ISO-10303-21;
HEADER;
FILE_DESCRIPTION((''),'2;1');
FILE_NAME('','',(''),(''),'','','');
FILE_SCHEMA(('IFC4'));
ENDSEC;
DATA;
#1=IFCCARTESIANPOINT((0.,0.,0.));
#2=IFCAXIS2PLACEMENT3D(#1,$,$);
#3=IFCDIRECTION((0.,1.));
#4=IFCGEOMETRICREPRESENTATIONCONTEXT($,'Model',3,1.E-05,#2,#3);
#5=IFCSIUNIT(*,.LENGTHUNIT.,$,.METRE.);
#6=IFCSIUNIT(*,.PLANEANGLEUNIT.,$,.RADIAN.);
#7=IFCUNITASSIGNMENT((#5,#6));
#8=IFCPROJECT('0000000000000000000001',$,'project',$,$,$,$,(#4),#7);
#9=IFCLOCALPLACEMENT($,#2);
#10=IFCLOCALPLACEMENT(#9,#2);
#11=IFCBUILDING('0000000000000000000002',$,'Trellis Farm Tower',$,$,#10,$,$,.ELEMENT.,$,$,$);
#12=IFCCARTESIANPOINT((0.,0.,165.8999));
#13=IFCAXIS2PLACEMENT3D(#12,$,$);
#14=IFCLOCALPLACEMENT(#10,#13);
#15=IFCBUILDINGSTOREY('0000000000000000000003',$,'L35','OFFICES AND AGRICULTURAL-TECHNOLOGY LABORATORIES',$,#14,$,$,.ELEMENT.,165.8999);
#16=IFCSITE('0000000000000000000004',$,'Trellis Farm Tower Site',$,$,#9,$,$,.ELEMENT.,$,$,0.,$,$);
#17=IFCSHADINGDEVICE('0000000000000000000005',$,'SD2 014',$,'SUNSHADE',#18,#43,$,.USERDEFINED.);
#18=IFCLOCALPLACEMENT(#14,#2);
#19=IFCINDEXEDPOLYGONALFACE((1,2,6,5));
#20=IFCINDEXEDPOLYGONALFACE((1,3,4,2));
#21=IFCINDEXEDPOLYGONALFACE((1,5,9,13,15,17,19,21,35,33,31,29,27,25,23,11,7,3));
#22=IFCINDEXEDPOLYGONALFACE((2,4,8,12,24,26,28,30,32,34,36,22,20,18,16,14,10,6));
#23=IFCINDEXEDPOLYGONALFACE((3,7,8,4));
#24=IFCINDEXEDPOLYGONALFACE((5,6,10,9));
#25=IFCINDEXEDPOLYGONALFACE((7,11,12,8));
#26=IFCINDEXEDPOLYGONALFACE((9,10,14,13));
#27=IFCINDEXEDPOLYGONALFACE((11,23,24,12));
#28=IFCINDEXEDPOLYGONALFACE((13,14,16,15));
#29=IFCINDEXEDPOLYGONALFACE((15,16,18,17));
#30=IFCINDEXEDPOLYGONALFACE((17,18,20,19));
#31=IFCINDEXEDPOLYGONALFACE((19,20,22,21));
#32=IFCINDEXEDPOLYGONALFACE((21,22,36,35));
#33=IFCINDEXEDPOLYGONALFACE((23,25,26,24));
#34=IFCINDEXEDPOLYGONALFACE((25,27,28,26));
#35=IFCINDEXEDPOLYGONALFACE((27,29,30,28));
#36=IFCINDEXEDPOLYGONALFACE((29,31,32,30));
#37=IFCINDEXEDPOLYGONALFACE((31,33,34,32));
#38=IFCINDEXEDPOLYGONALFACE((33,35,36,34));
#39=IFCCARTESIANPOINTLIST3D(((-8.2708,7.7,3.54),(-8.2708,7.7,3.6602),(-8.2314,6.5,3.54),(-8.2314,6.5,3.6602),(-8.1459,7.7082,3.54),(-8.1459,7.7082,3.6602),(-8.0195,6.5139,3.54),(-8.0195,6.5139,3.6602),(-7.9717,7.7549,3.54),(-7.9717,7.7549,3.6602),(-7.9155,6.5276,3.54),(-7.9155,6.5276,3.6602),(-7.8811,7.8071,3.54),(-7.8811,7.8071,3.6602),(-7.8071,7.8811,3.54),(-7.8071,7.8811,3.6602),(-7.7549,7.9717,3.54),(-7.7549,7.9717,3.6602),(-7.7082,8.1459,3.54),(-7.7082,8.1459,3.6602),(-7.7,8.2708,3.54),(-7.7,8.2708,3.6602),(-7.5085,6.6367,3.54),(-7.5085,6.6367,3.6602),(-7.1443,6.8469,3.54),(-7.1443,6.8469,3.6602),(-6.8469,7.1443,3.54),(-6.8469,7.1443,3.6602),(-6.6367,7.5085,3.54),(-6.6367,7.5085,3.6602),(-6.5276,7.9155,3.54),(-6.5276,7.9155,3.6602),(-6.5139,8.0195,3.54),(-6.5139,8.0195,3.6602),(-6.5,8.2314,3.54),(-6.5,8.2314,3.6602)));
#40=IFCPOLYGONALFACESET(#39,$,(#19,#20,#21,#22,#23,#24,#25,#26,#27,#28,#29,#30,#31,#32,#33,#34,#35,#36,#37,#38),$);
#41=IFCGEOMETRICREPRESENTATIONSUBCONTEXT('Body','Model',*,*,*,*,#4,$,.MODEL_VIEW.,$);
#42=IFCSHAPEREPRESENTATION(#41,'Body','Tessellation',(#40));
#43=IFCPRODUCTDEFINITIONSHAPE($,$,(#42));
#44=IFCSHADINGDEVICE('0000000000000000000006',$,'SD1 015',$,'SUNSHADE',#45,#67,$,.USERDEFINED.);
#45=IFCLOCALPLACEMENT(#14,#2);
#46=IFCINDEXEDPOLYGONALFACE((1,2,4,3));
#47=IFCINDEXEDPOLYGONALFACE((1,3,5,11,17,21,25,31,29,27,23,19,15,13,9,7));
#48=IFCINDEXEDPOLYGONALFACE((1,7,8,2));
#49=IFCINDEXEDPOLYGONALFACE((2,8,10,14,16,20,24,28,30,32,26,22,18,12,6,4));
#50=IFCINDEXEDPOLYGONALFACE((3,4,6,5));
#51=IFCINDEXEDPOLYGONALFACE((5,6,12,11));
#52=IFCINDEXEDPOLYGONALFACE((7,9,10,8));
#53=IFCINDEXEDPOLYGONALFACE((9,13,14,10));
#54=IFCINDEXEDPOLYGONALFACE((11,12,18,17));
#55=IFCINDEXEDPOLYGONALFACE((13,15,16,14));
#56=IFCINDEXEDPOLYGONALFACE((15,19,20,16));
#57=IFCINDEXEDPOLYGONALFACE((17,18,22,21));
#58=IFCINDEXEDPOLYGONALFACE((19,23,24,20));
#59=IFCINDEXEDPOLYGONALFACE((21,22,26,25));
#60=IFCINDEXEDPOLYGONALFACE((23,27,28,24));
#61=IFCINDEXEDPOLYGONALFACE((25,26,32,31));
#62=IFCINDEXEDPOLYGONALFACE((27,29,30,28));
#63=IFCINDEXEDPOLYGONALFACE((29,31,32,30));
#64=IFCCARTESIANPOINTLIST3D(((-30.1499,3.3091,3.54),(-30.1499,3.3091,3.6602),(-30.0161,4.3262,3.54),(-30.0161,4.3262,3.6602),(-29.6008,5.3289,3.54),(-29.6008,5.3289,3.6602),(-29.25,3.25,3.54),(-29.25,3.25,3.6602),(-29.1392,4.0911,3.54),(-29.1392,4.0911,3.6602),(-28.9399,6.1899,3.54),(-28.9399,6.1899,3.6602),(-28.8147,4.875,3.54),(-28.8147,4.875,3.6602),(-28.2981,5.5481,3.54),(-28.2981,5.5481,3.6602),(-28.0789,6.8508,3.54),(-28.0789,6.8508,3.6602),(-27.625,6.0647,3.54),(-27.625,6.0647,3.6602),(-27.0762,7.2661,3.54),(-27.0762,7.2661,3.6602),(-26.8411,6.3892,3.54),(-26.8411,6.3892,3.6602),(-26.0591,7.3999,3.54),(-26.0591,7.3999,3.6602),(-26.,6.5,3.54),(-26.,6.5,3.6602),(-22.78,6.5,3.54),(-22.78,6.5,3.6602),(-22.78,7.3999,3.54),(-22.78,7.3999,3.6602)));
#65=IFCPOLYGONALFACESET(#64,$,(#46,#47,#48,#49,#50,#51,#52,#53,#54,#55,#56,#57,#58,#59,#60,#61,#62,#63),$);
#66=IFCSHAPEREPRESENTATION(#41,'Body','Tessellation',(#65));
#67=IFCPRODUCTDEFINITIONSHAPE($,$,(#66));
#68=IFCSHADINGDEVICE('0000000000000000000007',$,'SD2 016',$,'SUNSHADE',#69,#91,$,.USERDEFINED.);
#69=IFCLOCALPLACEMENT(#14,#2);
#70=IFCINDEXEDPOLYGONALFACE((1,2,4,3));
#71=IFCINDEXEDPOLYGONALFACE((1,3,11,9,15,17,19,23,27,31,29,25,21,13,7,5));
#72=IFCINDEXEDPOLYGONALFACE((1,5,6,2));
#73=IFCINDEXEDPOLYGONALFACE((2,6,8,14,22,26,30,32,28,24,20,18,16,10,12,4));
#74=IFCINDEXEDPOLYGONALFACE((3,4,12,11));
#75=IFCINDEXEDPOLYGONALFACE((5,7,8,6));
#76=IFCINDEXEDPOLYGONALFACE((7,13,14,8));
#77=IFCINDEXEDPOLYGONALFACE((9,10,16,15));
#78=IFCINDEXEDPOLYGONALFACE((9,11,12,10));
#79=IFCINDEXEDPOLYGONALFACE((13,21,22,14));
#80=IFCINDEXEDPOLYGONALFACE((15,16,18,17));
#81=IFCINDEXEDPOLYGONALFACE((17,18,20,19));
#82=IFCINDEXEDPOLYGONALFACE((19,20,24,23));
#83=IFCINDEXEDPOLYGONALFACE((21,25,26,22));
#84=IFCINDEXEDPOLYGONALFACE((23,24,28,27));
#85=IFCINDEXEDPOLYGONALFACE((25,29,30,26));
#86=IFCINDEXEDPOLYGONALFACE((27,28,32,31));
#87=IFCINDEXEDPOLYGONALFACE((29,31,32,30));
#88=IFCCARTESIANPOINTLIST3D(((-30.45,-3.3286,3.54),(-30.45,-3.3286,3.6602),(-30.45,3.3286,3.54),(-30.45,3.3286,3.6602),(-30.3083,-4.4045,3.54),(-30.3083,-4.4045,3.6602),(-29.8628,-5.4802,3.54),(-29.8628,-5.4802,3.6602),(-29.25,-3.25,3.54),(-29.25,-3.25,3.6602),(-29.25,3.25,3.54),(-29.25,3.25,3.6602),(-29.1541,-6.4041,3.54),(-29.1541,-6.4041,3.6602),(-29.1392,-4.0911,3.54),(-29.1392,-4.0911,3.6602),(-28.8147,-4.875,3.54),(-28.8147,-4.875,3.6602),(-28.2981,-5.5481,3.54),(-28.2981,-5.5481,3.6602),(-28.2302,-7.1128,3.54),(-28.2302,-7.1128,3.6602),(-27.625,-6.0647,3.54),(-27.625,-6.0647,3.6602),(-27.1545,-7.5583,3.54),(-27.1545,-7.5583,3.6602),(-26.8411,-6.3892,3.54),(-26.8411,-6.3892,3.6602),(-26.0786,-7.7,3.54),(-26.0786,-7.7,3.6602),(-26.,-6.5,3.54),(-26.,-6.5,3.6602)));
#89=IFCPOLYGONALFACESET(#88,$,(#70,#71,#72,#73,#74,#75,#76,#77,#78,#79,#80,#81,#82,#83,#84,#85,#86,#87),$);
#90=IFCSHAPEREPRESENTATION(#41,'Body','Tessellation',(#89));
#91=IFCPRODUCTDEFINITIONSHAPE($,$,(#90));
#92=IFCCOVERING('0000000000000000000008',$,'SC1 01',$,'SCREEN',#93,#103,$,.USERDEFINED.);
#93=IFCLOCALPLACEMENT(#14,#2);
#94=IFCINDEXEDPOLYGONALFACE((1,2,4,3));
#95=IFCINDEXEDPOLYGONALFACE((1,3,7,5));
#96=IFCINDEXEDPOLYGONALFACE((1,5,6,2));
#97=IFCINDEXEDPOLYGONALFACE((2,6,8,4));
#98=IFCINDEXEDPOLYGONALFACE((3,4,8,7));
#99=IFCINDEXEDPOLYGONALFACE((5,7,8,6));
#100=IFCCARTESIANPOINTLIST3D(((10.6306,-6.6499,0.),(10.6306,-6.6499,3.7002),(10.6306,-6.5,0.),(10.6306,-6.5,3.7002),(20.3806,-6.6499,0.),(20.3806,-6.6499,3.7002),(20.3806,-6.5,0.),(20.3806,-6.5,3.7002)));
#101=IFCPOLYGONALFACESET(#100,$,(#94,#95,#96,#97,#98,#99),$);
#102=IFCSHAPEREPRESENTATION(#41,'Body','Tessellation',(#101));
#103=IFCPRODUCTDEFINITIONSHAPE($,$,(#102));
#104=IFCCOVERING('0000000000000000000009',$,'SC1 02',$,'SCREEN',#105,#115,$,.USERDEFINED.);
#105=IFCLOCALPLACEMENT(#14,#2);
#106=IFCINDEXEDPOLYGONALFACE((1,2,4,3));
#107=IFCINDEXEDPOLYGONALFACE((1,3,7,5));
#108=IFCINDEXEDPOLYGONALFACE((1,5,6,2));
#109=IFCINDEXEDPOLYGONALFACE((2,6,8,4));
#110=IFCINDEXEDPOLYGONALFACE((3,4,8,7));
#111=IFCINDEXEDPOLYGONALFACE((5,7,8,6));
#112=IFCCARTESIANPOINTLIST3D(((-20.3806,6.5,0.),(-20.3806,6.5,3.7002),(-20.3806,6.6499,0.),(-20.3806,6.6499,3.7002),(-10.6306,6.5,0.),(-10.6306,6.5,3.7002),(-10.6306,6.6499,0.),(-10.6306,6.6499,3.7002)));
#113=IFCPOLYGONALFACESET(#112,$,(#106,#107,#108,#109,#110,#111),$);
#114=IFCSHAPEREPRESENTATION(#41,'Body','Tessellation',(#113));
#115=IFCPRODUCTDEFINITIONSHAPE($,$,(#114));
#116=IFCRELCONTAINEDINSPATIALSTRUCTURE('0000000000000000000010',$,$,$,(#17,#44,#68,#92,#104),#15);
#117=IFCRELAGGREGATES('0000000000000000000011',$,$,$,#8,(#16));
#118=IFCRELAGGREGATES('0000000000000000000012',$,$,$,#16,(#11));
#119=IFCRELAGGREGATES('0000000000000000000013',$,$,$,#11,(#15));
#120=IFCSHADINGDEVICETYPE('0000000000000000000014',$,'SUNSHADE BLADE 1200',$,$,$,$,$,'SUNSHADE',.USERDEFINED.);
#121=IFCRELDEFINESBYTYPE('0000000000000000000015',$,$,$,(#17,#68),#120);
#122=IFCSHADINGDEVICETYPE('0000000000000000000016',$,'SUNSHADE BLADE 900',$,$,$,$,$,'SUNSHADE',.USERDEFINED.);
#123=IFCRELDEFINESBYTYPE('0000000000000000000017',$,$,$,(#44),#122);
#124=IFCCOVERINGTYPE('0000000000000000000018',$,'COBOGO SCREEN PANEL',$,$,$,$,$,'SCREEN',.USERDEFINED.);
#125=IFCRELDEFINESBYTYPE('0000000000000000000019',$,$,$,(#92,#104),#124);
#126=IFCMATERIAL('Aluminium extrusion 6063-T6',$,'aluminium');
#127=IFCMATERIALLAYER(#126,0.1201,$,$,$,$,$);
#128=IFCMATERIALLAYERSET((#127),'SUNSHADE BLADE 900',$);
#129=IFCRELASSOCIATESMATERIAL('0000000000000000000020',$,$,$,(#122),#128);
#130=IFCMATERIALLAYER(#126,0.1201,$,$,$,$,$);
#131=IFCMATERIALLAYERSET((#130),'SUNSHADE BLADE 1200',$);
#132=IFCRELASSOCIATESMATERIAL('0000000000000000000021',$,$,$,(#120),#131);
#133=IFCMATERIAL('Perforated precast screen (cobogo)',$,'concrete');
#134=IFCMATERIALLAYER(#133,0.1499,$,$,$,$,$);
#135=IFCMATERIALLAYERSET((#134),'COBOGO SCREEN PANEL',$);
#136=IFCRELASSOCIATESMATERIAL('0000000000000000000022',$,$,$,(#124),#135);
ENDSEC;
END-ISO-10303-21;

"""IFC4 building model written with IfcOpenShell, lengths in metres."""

from ifc_helpers import new_model, si_unit, direction, frame, origin, place, context, subcontext, project, spatial, polyline, outline, extrude, source, transform, mapped, material, layer, layer_set, type_object, element, save


model = new_model("IFC4")

# Units and contexts
model_context = context("Model", 3, precision=1e-05, world=origin(), true_north=direction((0.0, 1.0)))
body_context = subcontext(model_context, "Body", "Model", "MODEL_VIEW")
ifc_project = project(units=[si_unit("LENGTHUNIT", "METRE"), si_unit("PLANEANGLEUNIT", "RADIAN")], contexts=[model_context])

# Site, building, storey
site_placement = place(None, origin())
site = spatial("IfcSite", under=ifc_project, at=site_placement, Name="Trellis Farm Tower Site", CompositionType="ELEMENT", RefElevation=0.0)
building_placement = place(site_placement, origin())
building = spatial("IfcBuilding", under=site, at=building_placement, Name="Trellis Farm Tower", CompositionType="ELEMENT")
storey_placement = place(building_placement, frame((0.0, 0.0, 165.8999)))
storey = spatial("IfcBuildingStorey", under=building, at=storey_placement, Name="L35", Description="OFFICES AND AGRICULTURAL-TECHNOLOGY LABORATORIES", CompositionType="ELEMENT", Elevation=165.8999)

# Shared definitions
placement_1 = place(storey_placement, origin())
ifc_material_1 = material(Name="Aluminium extrusion 6063-T6", Category="aluminium")

# Shading devices
ifc_layer_1 = layer(ifc_material_1, 0.1201)
ifc_layer_set_1 = layer_set([ifc_layer_1], Name="SUNSHADE BLADE 900")
shading_device_type_1 = type_object("IfcShadingDeviceType", Name="SUNSHADE BLADE 900", ElementType="SUNSHADE", PredefinedType="USERDEFINED", material=ifc_layer_set_1)
placement_2 = place(storey_placement, frame((0.0, 0.0, 3.54)))
ifc_layer_2 = layer(ifc_material_1, 0.1201)
ifc_layer_set_2 = layer_set([ifc_layer_2], Name="SUNSHADE BLADE 1200")
shading_device_type_2 = type_object("IfcShadingDeviceType", Name="SUNSHADE BLADE 1200", ElementType="SUNSHADE", PredefinedType="USERDEFINED", material=ifc_layer_set_2)
shared_shape_1 = source(origin(), body_context, "Body", "SweptSolid", [
    extrude(outline(polyline([(-7.7, 8.2708), (-7.7087, 8.1372), (-7.707, 8.1501), (-7.7549, 7.9717), (-7.8071, 7.8811), (-7.8811, 7.8071), (-7.9717, 7.7549), (-8.1501, 7.707), (-8.1372, 7.7087), (-8.2708, 7.7), (-8.2314, 6.5), (-8.0195, 6.5139), (-7.9155, 6.5276), (-7.5085, 6.6367), (-7.1443, 6.8469), (-6.8469, 7.1443), (-6.6367, 7.5085), (-6.5276, 7.9155), (-6.5139, 8.0195), (-6.5, 8.2314), (-7.7, 8.2708)])), origin(), (0.0, 0.0, 1.0), 0.1201),
])
element("IfcShadingDevice", 1, at=placement_2, inside=storey, type_object=shading_device_type_2, Name="SD2 014", ObjectType="SUNSHADE", PredefinedType="USERDEFINED", context=body_context, shape_type="MappedRepresentation", body=[
    mapped(shared_shape_1, transform((0.0, 0.0, 0.0))),
])
shared_shape_2 = source(origin(), body_context, "Body", "SweptSolid", [
    extrude(outline(polyline([(-22.78, 7.3999), (-26.0591, 7.3999), (-27.0762, 7.2661), (-28.0789, 6.8508), (-28.9399, 6.1899), (-29.6008, 5.3289), (-30.0161, 4.3262), (-30.1499, 3.3091), (-29.25, 3.25), (-29.1392, 4.0911), (-28.8147, 4.875), (-28.2981, 5.5481), (-27.625, 6.0647), (-26.8411, 6.3892), (-26.0, 6.5), (-22.78, 6.5), (-22.78, 7.3999)])), origin(), (0.0, 0.0, 1.0), 0.1201),
])
element("IfcShadingDevice", 2, at=placement_2, inside=storey, type_object=shading_device_type_1, Name="SD1 015", ObjectType="SUNSHADE", PredefinedType="USERDEFINED", context=body_context, shape_type="MappedRepresentation", body=[
    mapped(shared_shape_2, transform((0.0, 0.0, 0.0))),
])
shared_shape_3 = source(origin(), body_context, "Body", "SweptSolid", [
    extrude(outline(polyline([(-30.45, 3.3286), (-30.45, -3.3286), (-30.3083, -4.4045), (-29.8628, -5.4802), (-29.1541, -6.4041), (-28.2302, -7.1128), (-27.1545, -7.5583), (-26.0786, -7.7), (-26.0, -6.5), (-26.8411, -6.3892), (-27.625, -6.0647), (-28.2981, -5.5481), (-28.8147, -4.875), (-29.1392, -4.0911), (-29.25, -3.25), (-29.25, 3.25), (-30.45, 3.3286)])), origin(), (0.0, 0.0, 1.0), 0.1201),
])
element("IfcShadingDevice", 3, at=placement_2, inside=storey, type_object=shading_device_type_2, Name="SD2 016", ObjectType="SUNSHADE", PredefinedType="USERDEFINED", context=body_context, shape_type="MappedRepresentation", body=[
    mapped(shared_shape_3, transform((0.0, 0.0, 0.0))),
])

# Coverings
ifc_material_2 = material(Name="Perforated precast screen (cobogo)", Category="concrete")
ifc_layer_3 = layer(ifc_material_2, 0.1499)
ifc_layer_set_3 = layer_set([ifc_layer_3], Name="COBOGO SCREEN PANEL")
covering_type = type_object("IfcCoveringType", Name="COBOGO SCREEN PANEL", ElementType="SCREEN", PredefinedType="USERDEFINED", material=ifc_layer_set_3)
shared_shape_4 = source(origin(), body_context, "Body", "SweptSolid", [
    extrude(outline(polyline([(10.6306, -6.6499), (20.3806, -6.6499), (20.3806, -6.5), (10.6306, -6.5), (10.6306, -6.6499)])), origin(), (0.0, 0.0, 1.0), 3.7002),
])
element("IfcCovering", 4, at=placement_1, inside=storey, type_object=covering_type, Name="SC1 01", ObjectType="SCREEN", PredefinedType="USERDEFINED", context=body_context, shape_type="MappedRepresentation", body=[
    mapped(shared_shape_4, transform((0.0, 0.0, 0.0))),
])
shared_shape_5 = source(origin(), body_context, "Body", "SweptSolid", [
    extrude(outline(polyline([(-10.6306, 6.6499), (-20.3806, 6.6499), (-20.3806, 6.5), (-10.6306, 6.5), (-10.6306, 6.6499)])), origin(), (0.0, 0.0, 1.0), 3.7002),
])
element("IfcCovering", 5, at=placement_1, inside=storey, type_object=covering_type, Name="SC1 02", ObjectType="SCREEN", PredefinedType="USERDEFINED", context=body_context, shape_type="MappedRepresentation", body=[
    mapped(shared_shape_5, transform((0.0, 0.0, 0.0))),
])

save(model, "model.ifc")
